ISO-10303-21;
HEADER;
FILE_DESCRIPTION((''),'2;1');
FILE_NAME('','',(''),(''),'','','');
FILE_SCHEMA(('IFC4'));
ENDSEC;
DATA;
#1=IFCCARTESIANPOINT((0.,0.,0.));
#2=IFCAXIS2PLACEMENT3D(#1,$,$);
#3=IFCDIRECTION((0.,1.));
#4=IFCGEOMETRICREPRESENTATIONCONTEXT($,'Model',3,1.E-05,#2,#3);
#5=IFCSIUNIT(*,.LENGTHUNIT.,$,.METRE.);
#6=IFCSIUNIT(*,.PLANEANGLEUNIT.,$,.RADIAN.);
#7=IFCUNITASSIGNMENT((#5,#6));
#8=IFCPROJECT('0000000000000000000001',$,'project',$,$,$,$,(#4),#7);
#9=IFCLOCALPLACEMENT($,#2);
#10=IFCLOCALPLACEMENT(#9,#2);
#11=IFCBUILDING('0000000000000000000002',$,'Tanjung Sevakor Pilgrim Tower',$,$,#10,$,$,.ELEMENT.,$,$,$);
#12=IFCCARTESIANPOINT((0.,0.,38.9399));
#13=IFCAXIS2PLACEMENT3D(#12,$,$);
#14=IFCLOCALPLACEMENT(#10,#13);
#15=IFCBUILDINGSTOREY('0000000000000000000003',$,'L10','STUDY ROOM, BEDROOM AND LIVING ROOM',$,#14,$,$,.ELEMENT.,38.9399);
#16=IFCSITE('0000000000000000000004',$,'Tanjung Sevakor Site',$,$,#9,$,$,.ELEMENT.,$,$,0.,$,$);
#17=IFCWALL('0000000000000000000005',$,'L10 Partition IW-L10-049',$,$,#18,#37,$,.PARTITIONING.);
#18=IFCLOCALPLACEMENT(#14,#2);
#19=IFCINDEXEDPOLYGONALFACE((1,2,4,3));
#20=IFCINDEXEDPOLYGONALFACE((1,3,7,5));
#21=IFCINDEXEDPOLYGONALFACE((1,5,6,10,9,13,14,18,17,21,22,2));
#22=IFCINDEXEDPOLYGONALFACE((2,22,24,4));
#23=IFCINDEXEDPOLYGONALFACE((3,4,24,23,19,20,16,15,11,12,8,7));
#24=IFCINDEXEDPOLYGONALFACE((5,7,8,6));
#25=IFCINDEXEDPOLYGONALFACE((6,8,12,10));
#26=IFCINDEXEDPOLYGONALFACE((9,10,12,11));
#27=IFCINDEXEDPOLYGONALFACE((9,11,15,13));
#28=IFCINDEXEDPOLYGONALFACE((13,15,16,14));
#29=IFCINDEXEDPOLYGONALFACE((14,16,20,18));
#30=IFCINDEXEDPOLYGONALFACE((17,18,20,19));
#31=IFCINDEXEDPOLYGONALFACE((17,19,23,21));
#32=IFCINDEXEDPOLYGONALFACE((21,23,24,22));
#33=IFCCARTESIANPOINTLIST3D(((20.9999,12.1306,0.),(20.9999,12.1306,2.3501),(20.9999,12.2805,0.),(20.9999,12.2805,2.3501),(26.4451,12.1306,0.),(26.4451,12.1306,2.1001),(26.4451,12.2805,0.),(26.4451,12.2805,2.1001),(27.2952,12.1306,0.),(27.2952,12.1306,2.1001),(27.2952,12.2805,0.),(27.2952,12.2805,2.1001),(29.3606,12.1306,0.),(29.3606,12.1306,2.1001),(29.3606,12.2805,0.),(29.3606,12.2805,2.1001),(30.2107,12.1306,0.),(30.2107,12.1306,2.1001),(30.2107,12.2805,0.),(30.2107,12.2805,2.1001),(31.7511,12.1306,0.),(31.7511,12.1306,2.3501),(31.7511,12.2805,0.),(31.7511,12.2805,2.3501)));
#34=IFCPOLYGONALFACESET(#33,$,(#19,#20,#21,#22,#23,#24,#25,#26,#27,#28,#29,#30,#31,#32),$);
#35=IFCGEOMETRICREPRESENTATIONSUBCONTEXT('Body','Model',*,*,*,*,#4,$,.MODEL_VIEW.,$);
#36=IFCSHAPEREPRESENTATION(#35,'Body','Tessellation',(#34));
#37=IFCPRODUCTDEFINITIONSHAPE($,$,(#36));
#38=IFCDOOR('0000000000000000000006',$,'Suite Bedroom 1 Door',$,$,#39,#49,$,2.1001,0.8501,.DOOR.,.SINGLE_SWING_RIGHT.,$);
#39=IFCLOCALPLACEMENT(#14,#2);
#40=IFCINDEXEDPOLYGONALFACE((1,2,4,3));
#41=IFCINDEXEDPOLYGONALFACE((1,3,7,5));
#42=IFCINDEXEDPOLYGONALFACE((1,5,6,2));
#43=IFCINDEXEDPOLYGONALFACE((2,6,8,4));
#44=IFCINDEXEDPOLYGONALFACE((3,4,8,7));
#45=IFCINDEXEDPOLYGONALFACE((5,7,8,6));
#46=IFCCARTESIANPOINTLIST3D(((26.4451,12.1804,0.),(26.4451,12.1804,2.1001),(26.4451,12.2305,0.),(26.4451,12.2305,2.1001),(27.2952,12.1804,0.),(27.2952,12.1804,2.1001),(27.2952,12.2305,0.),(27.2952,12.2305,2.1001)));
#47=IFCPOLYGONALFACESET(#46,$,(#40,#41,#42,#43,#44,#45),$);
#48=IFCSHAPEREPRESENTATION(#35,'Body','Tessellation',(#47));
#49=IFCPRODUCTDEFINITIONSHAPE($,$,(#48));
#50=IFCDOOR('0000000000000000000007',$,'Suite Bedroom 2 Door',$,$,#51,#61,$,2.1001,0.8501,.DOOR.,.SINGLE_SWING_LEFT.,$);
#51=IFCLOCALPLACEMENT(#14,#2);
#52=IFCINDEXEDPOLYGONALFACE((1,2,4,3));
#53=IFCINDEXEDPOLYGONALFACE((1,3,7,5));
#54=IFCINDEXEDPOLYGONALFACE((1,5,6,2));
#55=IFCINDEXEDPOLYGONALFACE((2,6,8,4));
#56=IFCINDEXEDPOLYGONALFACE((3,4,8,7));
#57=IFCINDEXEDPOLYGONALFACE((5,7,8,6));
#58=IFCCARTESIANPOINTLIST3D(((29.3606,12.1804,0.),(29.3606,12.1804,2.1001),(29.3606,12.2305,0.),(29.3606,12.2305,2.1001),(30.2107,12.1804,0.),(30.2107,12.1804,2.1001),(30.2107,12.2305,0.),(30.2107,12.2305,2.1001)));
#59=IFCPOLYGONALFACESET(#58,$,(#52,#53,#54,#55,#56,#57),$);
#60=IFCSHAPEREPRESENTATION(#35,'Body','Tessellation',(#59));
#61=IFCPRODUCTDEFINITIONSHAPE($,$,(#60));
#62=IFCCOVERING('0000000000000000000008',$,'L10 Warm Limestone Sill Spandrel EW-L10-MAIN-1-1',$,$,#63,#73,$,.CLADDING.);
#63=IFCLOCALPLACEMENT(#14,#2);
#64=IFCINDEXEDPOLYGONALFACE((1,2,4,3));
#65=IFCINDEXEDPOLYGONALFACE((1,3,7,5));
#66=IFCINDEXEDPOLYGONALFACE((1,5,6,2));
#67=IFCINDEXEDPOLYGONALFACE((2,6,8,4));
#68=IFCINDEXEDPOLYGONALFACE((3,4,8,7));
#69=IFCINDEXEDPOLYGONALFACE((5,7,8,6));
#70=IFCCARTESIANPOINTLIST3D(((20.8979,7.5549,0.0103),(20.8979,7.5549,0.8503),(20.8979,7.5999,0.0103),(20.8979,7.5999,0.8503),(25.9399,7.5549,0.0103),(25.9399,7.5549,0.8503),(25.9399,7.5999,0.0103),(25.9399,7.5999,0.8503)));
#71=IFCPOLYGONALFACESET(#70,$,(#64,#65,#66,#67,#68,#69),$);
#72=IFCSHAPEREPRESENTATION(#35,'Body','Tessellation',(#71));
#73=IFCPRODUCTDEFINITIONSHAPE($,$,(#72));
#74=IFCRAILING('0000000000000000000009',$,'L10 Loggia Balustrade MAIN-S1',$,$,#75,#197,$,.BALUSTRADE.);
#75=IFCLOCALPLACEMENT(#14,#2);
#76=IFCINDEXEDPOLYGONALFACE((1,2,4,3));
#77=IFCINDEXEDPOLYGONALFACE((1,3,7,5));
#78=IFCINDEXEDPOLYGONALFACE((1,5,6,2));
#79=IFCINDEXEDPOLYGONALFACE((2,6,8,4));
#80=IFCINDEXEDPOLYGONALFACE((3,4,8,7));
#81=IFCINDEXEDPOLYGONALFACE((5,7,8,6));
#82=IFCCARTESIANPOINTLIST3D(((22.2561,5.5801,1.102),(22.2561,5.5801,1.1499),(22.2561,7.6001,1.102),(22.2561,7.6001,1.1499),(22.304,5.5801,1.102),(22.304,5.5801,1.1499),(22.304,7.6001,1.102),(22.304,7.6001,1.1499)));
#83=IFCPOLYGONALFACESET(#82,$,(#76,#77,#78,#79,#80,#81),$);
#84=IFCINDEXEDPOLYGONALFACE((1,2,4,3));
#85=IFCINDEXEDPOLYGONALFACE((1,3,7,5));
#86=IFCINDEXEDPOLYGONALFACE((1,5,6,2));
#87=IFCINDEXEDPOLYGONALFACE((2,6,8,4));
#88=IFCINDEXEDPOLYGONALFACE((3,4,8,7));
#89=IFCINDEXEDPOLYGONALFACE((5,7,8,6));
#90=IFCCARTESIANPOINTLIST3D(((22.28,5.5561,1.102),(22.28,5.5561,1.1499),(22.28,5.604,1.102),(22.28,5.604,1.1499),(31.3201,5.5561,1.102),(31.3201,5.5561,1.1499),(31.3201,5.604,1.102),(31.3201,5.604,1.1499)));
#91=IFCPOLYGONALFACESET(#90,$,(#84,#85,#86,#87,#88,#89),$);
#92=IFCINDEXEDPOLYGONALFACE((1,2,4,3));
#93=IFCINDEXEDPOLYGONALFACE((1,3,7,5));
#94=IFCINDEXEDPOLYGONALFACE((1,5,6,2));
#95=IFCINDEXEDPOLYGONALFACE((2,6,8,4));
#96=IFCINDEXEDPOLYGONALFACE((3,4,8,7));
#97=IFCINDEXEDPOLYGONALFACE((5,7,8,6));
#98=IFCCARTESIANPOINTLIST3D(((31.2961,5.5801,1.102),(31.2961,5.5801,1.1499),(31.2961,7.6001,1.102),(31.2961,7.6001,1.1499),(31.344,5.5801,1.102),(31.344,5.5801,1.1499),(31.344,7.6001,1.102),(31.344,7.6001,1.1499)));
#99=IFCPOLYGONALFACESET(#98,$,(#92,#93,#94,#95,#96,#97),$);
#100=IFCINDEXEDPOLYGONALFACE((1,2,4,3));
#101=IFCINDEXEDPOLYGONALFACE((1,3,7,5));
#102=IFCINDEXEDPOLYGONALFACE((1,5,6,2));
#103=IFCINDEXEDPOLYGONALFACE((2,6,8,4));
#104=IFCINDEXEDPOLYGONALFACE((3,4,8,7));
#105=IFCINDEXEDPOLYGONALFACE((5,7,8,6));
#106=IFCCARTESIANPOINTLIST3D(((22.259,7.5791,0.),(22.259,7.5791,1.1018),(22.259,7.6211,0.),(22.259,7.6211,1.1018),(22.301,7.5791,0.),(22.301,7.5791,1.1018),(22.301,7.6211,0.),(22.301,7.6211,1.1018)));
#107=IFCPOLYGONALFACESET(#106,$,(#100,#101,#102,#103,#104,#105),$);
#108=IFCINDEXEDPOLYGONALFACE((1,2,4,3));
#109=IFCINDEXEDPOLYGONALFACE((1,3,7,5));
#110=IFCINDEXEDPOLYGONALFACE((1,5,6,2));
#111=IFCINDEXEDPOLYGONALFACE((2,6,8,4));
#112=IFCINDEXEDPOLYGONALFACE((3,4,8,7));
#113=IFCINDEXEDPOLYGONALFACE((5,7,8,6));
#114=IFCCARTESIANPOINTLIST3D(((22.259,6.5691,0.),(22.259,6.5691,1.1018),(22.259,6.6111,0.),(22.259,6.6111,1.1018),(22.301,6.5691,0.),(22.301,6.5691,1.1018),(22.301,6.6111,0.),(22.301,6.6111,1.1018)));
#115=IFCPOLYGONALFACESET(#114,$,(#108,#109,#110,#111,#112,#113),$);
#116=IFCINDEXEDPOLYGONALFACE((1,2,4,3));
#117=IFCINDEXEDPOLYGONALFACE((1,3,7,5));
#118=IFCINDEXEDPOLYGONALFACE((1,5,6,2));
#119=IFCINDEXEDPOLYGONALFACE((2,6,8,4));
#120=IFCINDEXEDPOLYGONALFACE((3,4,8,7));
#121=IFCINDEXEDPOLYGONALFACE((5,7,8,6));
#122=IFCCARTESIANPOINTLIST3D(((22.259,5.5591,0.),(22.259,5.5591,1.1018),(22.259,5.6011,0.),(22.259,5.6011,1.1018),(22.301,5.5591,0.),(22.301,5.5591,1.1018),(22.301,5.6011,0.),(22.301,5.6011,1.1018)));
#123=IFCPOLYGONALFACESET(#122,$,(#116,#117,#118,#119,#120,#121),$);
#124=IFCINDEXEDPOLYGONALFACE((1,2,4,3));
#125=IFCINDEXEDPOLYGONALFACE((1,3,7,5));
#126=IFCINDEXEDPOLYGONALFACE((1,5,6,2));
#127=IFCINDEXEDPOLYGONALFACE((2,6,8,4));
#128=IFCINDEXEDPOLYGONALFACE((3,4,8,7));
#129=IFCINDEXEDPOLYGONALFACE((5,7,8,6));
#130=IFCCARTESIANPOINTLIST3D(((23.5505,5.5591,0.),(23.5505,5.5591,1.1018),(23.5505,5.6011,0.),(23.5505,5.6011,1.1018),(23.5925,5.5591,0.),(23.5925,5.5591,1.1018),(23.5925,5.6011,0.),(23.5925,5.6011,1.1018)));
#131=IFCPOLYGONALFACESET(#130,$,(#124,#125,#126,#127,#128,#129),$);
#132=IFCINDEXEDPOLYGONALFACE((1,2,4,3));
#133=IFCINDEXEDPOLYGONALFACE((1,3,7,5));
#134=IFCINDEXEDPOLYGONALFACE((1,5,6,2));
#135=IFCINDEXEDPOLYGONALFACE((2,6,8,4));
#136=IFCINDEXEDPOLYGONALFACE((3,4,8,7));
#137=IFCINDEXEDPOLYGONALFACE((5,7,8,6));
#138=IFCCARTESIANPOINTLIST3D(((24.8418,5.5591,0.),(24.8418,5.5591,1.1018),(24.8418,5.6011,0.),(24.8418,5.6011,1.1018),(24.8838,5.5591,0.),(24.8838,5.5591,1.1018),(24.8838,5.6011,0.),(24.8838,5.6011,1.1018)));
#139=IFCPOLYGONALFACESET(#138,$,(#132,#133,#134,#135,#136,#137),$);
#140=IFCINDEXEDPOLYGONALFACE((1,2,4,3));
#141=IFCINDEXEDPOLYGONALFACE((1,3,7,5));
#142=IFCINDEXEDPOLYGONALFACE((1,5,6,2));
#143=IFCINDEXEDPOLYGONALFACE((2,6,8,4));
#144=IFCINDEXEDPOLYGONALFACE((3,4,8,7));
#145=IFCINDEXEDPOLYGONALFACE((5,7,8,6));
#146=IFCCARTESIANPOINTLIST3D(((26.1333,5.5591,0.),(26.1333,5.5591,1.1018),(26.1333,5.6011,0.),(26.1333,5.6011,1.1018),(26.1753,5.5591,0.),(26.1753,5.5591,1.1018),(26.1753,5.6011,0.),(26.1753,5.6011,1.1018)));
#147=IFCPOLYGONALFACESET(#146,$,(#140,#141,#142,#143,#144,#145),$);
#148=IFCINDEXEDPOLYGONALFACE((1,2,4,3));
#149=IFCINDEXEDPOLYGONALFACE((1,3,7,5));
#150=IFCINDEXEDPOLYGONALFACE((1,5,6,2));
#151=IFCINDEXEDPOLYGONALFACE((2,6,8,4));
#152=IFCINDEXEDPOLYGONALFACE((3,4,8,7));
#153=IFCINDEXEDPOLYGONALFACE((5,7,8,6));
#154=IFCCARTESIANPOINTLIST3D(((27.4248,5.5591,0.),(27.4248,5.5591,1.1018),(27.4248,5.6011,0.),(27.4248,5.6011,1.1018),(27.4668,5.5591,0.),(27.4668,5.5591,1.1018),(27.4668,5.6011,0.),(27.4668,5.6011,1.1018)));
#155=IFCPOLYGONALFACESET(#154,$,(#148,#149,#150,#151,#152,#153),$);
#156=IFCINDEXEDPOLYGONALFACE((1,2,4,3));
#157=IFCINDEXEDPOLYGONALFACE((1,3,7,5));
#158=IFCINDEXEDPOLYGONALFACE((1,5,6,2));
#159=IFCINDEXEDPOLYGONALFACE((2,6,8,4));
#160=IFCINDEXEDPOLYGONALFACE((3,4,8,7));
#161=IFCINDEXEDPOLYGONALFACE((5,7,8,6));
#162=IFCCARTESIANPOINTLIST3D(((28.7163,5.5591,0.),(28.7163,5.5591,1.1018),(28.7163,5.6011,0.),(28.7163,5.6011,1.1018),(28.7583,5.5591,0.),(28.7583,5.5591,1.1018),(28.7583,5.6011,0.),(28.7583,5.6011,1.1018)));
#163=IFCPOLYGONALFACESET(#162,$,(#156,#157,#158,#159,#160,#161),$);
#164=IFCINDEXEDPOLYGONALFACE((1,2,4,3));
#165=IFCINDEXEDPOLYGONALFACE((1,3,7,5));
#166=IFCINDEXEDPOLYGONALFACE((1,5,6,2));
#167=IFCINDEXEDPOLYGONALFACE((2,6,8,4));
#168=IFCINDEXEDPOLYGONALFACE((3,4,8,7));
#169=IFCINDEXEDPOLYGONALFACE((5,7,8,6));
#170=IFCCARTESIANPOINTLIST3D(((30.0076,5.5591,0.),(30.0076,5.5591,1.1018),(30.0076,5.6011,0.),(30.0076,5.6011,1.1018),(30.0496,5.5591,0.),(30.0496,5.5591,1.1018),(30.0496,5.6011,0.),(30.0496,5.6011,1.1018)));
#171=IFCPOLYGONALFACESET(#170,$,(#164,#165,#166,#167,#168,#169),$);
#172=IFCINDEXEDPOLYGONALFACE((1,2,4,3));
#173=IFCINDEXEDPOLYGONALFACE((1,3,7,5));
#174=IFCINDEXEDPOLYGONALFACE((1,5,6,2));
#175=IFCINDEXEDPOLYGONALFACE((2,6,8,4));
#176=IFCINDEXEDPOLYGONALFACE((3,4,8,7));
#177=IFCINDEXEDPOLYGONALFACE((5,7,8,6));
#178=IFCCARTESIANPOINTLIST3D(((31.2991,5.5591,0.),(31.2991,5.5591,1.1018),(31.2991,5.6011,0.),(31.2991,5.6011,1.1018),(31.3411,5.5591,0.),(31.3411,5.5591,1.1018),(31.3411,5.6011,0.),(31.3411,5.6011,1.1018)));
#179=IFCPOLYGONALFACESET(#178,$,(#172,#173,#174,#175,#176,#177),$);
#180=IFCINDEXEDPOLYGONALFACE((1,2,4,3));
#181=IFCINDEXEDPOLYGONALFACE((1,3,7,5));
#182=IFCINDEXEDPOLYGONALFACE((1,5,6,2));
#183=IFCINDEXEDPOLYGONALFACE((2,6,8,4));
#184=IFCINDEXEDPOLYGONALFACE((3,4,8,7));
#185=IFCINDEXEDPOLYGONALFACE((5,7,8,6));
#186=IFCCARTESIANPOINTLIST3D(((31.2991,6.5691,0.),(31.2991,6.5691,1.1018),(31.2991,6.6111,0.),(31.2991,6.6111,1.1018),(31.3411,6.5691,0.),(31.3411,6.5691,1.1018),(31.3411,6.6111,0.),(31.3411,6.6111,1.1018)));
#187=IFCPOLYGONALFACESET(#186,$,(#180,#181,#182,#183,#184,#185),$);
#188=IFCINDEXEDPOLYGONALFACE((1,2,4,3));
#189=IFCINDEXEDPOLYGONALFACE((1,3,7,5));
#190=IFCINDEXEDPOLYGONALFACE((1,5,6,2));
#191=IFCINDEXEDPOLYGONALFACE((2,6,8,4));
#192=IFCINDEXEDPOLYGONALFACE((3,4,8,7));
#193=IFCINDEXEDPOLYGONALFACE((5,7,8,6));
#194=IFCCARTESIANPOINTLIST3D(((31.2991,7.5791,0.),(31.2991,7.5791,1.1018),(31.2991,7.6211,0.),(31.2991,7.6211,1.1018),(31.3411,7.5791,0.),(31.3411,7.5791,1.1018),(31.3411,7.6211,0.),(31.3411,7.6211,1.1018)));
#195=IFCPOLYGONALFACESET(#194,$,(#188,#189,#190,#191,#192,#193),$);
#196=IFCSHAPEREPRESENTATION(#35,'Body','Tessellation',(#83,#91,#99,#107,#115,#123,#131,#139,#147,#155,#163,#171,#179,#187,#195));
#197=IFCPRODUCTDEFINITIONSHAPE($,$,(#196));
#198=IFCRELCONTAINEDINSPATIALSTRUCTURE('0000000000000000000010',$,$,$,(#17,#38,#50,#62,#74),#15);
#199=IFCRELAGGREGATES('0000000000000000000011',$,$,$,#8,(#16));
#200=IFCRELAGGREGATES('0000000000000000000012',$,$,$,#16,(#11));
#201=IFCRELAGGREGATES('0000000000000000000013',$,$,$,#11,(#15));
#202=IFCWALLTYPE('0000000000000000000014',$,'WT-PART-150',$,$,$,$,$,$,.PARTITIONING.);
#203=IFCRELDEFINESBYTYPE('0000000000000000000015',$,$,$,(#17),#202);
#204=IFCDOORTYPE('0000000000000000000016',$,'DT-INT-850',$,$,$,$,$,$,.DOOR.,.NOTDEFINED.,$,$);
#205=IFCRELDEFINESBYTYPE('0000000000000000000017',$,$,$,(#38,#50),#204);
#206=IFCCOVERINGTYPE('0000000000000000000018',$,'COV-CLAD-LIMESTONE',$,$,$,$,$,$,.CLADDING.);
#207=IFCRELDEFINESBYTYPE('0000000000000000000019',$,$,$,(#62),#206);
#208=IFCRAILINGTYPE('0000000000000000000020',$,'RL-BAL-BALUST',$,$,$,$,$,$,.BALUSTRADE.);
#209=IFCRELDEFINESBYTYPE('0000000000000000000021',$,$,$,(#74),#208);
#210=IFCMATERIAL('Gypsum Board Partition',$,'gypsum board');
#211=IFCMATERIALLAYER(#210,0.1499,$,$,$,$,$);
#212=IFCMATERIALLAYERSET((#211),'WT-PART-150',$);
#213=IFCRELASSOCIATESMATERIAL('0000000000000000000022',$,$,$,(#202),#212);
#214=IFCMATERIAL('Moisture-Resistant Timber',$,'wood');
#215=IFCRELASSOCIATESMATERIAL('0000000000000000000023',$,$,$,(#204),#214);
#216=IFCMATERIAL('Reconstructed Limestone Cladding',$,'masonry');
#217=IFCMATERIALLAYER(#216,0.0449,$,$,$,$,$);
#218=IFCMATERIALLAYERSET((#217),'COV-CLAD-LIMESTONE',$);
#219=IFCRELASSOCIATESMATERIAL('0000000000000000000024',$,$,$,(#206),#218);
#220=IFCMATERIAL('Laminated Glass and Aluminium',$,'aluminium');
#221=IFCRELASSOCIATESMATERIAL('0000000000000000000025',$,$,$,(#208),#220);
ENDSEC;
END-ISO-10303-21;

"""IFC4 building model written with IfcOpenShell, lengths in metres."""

from ifc_helpers import new_model, si_unit, direction, frame, frame_2d, origin, origin_2d, place, context, subcontext, project, spatial, rectangle, extrude, material, layer, layer_set, type_object, element, fill, save


model = new_model("IFC4")

# Units and contexts
model_context = context("Model", 3, precision=1e-05, world=origin(), true_north=direction((0.0, 1.0)))
body_context = subcontext(model_context, "Body", "Model", "MODEL_VIEW")
ifc_project = project(units=[si_unit("LENGTHUNIT", "METRE"), si_unit("PLANEANGLEUNIT", "RADIAN")], contexts=[model_context])

# Site, building, storey
site_placement = place(None, origin())
site = spatial("IfcSite", under=ifc_project, at=site_placement, Name="Tanjung Sevakor Site", CompositionType="ELEMENT", RefElevation=0.0)
building_placement = place(site_placement, origin())
building = spatial("IfcBuilding", under=site, at=building_placement, Name="Tanjung Sevakor Pilgrim Tower", CompositionType="ELEMENT")
storey_placement = place(building_placement, frame((0.0, 0.0, 38.9399)))
storey = spatial("IfcBuildingStorey", under=building, at=storey_placement, Name="L10", Description="STUDY ROOM, BEDROOM AND LIVING ROOM", CompositionType="ELEMENT", Elevation=38.9399)

# Wall, openings, doors
ifc_material_1 = material(Name="Gypsum Board Partition", Category="gypsum board")
ifc_layer_1 = layer(ifc_material_1, 0.1499)
ifc_layer_set_1 = layer_set([ifc_layer_1], Name="WT-PART-150")
wall_type_1 = type_object("IfcWallType", Name="WT-PART-150", PredefinedType="PARTITIONING", material=ifc_layer_set_1)
wall_1_placement = place(storey_placement, frame((21.0, 12.2056, 0.0), z_axis=(0.0, 0.0, 1.0), x_axis=(1.0, 0.0, 0.0)))
wall_1 = element("IfcWall", 1, at=wall_1_placement, inside=storey, type_object=wall_type_1, Name="L10 Partition IW-L10-049", PredefinedType="PARTITIONING", context=body_context, shape_type="SweptSolid", body=[
    extrude(rectangle(XDim=10.7512, YDim=0.1499, at=frame_2d((5.3755, 0.0))), origin(), (0.0, 0.0, 1.0), 2.3501),
])
opening_1_placement = place(wall_1_placement, frame((5.4451, 0.0, 0.0)))
opening_1 = element("IfcOpeningElement", 2, at=opening_1_placement, cuts=wall_1, PredefinedType="OPENING", context=body_context, shape_type="SweptSolid", body=[
    extrude(rectangle(XDim=0.8501, YDim=2.1001, at=frame_2d((0.425, 1.05))), frame((0.0, 0.085, 0.0), z_axis=(0.0, -1.0, 0.0), x_axis=(1.0, 0.0, 0.0)), (0.0, 0.0, 1.0), 0.1699),
])
opening_2_placement = place(wall_1_placement, frame((8.3606, 0.0, 0.0)))
opening_2 = element("IfcOpeningElement", 3, at=opening_2_placement, cuts=wall_1, PredefinedType="OPENING", context=body_context, shape_type="SweptSolid", body=[
    extrude(rectangle(XDim=0.8501, YDim=2.1001, at=frame_2d((0.425, 1.05))), frame((0.0, 0.085, 0.0), z_axis=(0.0, -1.0, 0.0), x_axis=(1.0, 0.0, 0.0)), (0.0, 0.0, 1.0), 0.1699),
])
ifc_material_2 = material(Name="Moisture-Resistant Timber", Category="wood")
door_type_1 = type_object("IfcDoorType", Name="DT-INT-850", OperationType="NOTDEFINED", PredefinedType="DOOR", material=ifc_material_2)
door_1_placement = place(opening_1_placement, origin())
door_1 = element("IfcDoor", 4, at=door_1_placement, inside=storey, type_object=door_type_1, Name="Suite Bedroom 1 Door", OperationType="SINGLE_SWING_RIGHT", OverallHeight=2.1001, OverallWidth=0.8501, PredefinedType="DOOR", context=body_context, shape_type="SweptSolid", body=[
    extrude(rectangle(XDim=0.8501, YDim=2.1001, at=frame_2d((0.425, 1.05))), frame((0.0, 0.0249, 0.0), z_axis=(0.0, -1.0, 0.0), x_axis=(1.0, 0.0, 0.0)), (0.0, 0.0, 1.0), 0.05),
])
fill(opening_1, door_1)
door_2_placement = place(opening_2_placement, origin())
door_2 = element("IfcDoor", 5, at=door_2_placement, inside=storey, type_object=door_type_1, Name="Suite Bedroom 2 Door", OperationType="SINGLE_SWING_LEFT", OverallHeight=2.1001, OverallWidth=0.8501, PredefinedType="DOOR", context=body_context, shape_type="SweptSolid", body=[
    extrude(rectangle(XDim=0.8501, YDim=2.1001, at=frame_2d((0.425, 1.05))), frame((0.0, 0.0249, 0.0), z_axis=(0.0, -1.0, 0.0), x_axis=(1.0, 0.0, 0.0)), (0.0, 0.0, 1.0), 0.05),
])
fill(opening_2, door_2)

# Covering
ifc_material_3 = material(Name="Reconstructed Limestone Cladding", Category="masonry")
ifc_layer_2 = layer(ifc_material_3, 0.0449)
ifc_layer_set_2 = layer_set([ifc_layer_2], Name="COV-CLAD-LIMESTONE")
covering_type = type_object("IfcCoveringType", Name="COV-CLAD-LIMESTONE", PredefinedType="CLADDING", material=ifc_layer_set_2)
covering_placement = place(storey_placement, frame((23.4189, 7.5774, 0.0103), z_axis=(0.0, 0.0, 1.0), x_axis=(1.0, 0.0, 0.0)))
element("IfcCovering", 6, at=covering_placement, inside=storey, type_object=covering_type, Name="L10 Warm Limestone Sill Spandrel EW-L10-MAIN-1-1", PredefinedType="CLADDING", context=body_context, shape_type="SweptSolid", body=[
    extrude(rectangle(XDim=5.042, YDim=0.0449, at=origin_2d()), origin(), (0.0, 0.0, 1.0), 0.8401),
])

# Railing
ifc_material_4 = material(Name="Laminated Glass and Aluminium", Category="aluminium")
railing_type = type_object("IfcRailingType", Name="RL-BAL-BALUST", PredefinedType="BALUSTRADE", material=ifc_material_4)
railing_1_placement = place(storey_placement, frame((22.28, 7.6001, 0.0)))
element("IfcRailing", 7, at=railing_1_placement, inside=storey, type_object=railing_type, Name="L10 Loggia Balustrade MAIN-S1", PredefinedType="BALUSTRADE", context=body_context, shape_type="SweptSolid", body=[
    extrude(rectangle(XDim=0.0479, YDim=0.0479), frame((0.0, 0.0, 1.126), z_axis=(0.0, -1.0, 0.0), x_axis=(1.0, 0.0, 0.0)), (0.0, 0.0, 1.0), 2.02),
    extrude(rectangle(XDim=0.0479, YDim=0.0479), frame((0.0, -2.02, 1.126), z_axis=(1.0, 0.0, 0.0), x_axis=(0.0, 1.0, 0.0)), (0.0, 0.0, 1.0), 9.04),
    extrude(rectangle(XDim=0.0479, YDim=0.0479), frame((9.04, -2.02, 1.126), z_axis=(0.0, 1.0, 0.0), x_axis=(-1.0, 0.0, 0.0)), (0.0, 0.0, 1.0), 2.02),
    extrude(rectangle(XDim=0.042, YDim=0.042), origin(), (0.0, 0.0, 1.0), 1.1018),
    extrude(rectangle(XDim=0.042, YDim=0.042), frame((0.0, -1.01, 0.0)), (0.0, 0.0, 1.0), 1.1018),
    extrude(rectangle(XDim=0.042, YDim=0.042), frame((0.0, -2.02, 0.0)), (0.0, 0.0, 1.0), 1.1018),
    extrude(rectangle(XDim=0.042, YDim=0.042), frame((1.2915, -2.02, 0.0)), (0.0, 0.0, 1.0), 1.1018),
    extrude(rectangle(XDim=0.042, YDim=0.042), frame((2.5828, -2.02, 0.0)), (0.0, 0.0, 1.0), 1.1018),
    extrude(rectangle(XDim=0.042, YDim=0.042), frame((3.8743, -2.02, 0.0)), (0.0, 0.0, 1.0), 1.1018),
    extrude(rectangle(XDim=0.042, YDim=0.042), frame((5.1658, -2.02, 0.0)), (0.0, 0.0, 1.0), 1.1018),
    extrude(rectangle(XDim=0.042, YDim=0.042), frame((6.4573, -2.02, 0.0)), (0.0, 0.0, 1.0), 1.1018),
    extrude(rectangle(XDim=0.042, YDim=0.042), frame((7.7485, -2.02, 0.0)), (0.0, 0.0, 1.0), 1.1018),
    extrude(rectangle(XDim=0.042, YDim=0.042), frame((9.04, -2.02, 0.0)), (0.0, 0.0, 1.0), 1.1018),
    extrude(rectangle(XDim=0.042, YDim=0.042), frame((9.04, -1.01, 0.0)), (0.0, 0.0, 1.0), 1.1018),
    extrude(rectangle(XDim=0.042, YDim=0.042), frame((9.04, 0.0, 0.0)), (0.0, 0.0, 1.0), 1.1018),
])

save(model, "model.ifc")
